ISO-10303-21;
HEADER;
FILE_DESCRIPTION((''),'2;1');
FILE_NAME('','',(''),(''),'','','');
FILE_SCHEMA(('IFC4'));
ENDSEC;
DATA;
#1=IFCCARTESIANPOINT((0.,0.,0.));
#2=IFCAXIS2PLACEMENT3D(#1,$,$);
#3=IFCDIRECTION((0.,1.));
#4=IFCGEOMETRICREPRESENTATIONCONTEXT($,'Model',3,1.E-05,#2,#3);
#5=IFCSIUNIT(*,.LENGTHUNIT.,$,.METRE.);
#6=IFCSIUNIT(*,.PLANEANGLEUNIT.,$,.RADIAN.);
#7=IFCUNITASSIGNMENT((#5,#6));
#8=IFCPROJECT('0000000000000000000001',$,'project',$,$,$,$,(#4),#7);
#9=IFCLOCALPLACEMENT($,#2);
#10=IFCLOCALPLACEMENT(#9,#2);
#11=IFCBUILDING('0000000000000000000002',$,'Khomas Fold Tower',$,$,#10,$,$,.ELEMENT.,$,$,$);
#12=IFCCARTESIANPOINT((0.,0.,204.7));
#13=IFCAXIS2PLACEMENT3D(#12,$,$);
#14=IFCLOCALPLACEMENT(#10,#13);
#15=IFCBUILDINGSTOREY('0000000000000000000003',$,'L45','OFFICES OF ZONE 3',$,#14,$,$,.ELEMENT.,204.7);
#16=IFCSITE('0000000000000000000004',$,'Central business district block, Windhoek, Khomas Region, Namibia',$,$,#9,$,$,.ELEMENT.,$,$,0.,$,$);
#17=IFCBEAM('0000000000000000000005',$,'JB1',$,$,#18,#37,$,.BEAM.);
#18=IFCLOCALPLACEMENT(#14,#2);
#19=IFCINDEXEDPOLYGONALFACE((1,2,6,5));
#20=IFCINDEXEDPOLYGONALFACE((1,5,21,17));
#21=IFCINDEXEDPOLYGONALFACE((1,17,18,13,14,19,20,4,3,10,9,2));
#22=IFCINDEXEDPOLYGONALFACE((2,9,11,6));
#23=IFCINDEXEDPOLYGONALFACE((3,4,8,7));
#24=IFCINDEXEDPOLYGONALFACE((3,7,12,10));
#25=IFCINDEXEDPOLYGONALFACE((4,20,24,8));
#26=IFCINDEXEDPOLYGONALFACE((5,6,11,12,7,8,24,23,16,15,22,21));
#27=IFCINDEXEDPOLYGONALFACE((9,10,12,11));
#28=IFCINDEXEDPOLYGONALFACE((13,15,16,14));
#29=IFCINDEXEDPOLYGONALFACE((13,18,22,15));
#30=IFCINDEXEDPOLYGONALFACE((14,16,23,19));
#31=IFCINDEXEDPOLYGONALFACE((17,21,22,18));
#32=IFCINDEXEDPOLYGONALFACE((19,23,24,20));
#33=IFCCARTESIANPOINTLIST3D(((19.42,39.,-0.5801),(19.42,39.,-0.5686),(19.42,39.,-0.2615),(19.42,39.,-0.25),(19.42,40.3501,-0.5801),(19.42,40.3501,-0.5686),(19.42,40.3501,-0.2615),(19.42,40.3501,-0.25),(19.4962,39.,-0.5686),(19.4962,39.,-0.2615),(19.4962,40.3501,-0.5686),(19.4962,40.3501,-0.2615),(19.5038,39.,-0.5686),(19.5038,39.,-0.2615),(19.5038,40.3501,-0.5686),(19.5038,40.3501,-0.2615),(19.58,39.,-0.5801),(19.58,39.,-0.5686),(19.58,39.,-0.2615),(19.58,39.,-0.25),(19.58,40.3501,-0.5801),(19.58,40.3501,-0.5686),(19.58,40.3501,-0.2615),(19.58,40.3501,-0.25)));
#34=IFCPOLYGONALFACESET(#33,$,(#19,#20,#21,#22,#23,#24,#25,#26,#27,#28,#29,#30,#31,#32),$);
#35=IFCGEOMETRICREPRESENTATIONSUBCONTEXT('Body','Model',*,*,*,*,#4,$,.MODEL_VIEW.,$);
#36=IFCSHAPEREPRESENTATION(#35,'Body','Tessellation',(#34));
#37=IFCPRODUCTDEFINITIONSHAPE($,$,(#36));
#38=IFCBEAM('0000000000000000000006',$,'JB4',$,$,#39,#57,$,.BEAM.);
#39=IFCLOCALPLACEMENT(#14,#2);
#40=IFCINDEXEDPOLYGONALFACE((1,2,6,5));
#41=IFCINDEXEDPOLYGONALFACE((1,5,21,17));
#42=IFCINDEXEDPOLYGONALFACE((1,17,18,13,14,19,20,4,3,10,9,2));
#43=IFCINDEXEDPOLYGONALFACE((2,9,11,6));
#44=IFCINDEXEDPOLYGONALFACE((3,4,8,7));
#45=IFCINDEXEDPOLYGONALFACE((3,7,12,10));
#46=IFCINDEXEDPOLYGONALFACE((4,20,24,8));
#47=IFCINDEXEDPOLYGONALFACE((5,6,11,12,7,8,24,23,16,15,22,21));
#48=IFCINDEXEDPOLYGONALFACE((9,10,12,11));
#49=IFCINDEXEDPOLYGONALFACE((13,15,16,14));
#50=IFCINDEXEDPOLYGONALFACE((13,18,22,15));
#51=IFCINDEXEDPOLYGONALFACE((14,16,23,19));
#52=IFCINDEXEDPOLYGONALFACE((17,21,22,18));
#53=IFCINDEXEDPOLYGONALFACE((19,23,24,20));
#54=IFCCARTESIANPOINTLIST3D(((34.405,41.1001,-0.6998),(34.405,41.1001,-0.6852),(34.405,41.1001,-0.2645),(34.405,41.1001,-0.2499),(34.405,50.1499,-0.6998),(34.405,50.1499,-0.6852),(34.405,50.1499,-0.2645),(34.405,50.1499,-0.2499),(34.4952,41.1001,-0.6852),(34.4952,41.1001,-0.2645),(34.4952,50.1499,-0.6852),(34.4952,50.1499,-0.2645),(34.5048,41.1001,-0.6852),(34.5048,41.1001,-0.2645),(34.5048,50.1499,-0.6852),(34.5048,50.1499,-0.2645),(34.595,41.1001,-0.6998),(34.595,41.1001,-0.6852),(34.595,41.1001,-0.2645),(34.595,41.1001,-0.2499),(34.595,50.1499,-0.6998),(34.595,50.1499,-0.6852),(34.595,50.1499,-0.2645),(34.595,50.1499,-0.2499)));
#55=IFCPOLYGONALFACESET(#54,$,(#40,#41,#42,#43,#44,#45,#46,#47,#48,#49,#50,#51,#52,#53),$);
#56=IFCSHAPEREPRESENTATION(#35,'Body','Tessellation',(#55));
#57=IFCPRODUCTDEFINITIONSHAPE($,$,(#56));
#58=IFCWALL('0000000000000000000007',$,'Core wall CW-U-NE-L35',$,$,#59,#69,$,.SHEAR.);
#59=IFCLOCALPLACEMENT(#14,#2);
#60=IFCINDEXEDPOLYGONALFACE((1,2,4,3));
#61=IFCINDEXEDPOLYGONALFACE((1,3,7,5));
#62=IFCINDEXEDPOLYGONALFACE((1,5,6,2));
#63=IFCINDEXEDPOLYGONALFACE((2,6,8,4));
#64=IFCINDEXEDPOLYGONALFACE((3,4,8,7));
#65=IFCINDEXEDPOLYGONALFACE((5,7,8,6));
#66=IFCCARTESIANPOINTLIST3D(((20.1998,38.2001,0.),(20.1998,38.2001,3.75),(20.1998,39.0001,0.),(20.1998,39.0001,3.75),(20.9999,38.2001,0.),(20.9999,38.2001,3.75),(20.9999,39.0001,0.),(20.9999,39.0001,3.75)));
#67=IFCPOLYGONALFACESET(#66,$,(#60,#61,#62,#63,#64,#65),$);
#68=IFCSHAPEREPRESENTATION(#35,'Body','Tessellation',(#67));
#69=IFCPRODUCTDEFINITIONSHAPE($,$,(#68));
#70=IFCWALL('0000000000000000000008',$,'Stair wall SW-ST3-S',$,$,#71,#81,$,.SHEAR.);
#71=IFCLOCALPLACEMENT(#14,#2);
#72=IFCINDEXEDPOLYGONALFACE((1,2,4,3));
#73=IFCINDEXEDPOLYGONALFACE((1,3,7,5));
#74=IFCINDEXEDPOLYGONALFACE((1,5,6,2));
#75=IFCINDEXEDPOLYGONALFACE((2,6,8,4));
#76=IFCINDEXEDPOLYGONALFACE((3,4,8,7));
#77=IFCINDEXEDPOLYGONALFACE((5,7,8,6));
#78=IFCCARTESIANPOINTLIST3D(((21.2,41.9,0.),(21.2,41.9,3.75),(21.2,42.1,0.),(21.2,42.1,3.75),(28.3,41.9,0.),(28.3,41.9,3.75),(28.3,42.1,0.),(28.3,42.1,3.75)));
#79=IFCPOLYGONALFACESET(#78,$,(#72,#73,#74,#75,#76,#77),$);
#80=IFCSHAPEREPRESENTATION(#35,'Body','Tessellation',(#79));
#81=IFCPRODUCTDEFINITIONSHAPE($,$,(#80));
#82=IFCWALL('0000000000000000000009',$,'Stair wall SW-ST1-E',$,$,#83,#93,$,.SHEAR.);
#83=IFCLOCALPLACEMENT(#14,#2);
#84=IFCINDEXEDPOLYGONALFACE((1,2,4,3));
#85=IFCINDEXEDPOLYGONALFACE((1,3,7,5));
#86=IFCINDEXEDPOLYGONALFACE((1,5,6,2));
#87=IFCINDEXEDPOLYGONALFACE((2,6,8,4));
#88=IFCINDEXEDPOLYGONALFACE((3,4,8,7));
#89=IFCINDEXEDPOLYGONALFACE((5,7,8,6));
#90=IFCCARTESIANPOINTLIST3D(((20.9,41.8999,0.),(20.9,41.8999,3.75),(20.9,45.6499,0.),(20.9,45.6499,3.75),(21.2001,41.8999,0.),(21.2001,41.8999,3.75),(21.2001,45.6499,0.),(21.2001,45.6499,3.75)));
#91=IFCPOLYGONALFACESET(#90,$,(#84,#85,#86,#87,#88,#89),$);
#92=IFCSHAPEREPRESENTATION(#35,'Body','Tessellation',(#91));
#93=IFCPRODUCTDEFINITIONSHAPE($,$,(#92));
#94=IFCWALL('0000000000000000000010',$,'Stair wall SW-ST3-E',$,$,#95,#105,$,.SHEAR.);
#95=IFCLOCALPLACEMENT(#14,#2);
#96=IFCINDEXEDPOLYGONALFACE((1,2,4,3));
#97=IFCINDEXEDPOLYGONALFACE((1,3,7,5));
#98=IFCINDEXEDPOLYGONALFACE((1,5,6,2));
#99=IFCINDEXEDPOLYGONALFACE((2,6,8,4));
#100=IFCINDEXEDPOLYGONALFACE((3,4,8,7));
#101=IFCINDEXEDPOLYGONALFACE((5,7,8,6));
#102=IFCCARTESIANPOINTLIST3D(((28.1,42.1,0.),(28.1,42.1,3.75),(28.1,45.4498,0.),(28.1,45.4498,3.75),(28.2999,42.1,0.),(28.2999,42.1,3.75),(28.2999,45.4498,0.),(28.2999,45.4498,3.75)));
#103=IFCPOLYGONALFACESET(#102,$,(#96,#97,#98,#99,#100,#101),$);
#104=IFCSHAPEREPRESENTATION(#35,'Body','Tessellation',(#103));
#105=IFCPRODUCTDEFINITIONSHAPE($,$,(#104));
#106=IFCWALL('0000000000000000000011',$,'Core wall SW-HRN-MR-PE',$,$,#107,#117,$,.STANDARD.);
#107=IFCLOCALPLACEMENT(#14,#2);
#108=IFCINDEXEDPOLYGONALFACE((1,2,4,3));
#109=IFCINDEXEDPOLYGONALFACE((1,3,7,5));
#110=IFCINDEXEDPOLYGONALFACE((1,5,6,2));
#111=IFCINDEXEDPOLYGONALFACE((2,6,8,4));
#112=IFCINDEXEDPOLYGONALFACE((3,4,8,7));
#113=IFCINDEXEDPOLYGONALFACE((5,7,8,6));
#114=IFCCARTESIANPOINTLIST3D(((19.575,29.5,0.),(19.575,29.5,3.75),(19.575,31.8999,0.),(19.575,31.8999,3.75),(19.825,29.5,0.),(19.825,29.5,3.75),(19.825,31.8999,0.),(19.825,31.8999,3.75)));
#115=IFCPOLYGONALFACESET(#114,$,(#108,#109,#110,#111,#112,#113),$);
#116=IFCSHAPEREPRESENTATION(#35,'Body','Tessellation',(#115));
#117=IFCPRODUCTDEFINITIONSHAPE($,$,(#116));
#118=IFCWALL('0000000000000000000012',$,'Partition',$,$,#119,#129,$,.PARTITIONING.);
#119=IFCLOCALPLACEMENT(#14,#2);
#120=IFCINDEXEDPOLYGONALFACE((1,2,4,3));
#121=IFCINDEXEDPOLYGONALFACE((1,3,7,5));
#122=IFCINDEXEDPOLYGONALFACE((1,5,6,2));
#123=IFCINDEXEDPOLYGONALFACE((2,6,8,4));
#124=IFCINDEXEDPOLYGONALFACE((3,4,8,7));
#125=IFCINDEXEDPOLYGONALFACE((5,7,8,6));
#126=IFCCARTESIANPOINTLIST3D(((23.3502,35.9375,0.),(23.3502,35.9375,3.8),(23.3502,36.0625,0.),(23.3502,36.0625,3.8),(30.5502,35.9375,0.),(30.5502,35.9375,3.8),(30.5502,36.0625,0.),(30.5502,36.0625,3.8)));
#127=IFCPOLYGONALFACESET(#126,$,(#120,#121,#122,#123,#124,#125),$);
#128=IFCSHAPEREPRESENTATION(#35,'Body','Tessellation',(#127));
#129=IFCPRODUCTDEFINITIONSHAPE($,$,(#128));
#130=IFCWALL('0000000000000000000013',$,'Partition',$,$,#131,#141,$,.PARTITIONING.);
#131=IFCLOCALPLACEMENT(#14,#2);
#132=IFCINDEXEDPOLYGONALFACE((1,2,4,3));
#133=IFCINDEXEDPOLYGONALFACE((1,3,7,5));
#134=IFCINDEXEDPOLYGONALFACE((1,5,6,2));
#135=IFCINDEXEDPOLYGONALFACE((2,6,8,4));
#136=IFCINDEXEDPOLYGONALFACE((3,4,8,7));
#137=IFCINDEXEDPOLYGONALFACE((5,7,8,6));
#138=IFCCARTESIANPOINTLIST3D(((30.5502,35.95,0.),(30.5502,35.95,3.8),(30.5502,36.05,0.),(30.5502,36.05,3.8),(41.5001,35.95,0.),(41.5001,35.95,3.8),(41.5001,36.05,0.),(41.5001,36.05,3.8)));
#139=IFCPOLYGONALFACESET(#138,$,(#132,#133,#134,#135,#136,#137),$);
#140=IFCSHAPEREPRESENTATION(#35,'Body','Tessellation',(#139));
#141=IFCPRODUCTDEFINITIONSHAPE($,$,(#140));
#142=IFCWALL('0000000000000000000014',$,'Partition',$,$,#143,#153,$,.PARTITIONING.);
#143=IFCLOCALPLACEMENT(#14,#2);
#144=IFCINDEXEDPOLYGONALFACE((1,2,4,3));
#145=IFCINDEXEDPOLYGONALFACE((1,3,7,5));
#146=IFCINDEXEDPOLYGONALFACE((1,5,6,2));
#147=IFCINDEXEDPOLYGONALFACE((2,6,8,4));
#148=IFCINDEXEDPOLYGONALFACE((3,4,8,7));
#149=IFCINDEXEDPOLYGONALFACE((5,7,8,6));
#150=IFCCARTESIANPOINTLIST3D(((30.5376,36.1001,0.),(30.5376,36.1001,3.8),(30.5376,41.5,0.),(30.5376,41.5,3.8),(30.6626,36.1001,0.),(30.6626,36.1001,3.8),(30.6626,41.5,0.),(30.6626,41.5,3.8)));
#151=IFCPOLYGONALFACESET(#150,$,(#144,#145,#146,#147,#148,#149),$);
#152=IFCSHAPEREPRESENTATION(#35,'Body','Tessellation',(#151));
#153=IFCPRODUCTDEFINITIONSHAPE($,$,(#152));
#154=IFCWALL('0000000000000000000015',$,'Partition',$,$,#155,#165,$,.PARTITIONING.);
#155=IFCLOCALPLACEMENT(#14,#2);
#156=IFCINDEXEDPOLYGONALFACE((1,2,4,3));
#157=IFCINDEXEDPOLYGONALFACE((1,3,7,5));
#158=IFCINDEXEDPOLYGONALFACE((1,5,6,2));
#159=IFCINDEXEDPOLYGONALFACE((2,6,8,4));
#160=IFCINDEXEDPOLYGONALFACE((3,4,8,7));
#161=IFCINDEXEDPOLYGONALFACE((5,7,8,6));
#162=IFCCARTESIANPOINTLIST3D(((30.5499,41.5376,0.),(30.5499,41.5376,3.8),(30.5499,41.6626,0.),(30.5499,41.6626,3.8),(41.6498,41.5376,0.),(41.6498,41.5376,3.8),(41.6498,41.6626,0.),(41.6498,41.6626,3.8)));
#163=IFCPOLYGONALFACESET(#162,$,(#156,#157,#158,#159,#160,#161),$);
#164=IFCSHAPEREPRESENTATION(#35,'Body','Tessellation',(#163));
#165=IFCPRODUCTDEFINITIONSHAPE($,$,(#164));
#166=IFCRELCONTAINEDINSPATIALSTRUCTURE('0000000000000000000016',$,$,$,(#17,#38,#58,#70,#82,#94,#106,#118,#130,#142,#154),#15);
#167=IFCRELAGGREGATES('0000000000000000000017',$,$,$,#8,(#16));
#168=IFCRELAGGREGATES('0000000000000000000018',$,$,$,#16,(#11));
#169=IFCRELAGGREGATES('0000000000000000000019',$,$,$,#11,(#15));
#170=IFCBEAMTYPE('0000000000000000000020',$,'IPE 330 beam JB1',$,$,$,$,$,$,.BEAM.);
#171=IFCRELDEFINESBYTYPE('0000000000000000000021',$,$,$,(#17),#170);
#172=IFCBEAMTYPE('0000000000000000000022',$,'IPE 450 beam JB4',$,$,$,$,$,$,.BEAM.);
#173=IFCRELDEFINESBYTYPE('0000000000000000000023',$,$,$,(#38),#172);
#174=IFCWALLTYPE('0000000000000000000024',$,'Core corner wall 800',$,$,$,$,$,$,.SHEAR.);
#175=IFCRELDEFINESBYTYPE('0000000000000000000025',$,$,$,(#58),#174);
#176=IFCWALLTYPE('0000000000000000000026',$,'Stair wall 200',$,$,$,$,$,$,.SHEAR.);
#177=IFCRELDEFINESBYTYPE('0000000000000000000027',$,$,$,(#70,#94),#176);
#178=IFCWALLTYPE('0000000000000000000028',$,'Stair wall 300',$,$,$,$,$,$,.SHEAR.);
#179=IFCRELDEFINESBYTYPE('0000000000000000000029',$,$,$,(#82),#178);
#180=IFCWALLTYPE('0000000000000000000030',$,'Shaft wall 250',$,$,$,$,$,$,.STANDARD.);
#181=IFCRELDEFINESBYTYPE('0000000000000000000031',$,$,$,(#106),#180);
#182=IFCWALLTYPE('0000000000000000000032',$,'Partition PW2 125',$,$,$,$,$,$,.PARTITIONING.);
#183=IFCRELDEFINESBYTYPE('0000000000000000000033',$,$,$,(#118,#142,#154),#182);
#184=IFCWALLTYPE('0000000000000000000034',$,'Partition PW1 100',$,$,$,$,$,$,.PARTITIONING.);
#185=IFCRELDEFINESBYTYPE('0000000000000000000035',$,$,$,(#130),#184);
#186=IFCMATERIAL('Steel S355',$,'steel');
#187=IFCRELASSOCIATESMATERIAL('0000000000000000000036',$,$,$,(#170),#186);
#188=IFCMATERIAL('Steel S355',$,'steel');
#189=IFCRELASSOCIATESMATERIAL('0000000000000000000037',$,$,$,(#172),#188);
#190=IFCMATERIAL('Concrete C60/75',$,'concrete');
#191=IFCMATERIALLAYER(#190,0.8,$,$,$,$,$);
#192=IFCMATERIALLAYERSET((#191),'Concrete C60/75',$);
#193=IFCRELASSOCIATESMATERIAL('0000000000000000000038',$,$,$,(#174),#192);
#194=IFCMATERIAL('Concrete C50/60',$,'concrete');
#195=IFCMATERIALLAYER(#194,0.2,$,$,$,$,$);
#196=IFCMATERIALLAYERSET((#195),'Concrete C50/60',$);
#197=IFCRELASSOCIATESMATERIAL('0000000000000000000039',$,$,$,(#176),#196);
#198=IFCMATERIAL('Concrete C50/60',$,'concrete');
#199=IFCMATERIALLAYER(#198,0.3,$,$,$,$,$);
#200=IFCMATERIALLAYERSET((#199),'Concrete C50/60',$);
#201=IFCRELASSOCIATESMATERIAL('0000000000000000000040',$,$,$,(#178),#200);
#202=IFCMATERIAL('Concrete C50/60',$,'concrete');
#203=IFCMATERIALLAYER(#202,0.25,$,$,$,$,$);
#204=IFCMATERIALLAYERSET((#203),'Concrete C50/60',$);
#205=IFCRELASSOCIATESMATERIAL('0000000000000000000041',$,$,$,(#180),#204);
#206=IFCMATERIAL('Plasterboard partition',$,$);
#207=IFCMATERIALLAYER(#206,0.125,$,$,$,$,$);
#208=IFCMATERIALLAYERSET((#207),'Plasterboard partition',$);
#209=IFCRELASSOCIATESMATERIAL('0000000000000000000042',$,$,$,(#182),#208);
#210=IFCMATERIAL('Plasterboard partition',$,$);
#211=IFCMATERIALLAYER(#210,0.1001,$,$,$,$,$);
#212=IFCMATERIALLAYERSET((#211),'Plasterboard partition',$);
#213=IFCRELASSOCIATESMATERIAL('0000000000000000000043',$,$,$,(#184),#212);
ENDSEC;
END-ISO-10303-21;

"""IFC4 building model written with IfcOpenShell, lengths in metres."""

from ifc_helpers import new_model, si_unit, direction, frame, frame_2d, origin, origin_2d, place, context, subcontext, project, spatial, rectangle, i_section, extrude, source, transform, mapped, material, layer, layer_set, material_profile, profile_set, type_object, element, save


model = new_model("IFC4")

# Units and contexts
model_context = context("Model", 3, precision=1e-05, world=origin(), true_north=direction((0.0, 1.0)))
body_context = subcontext(model_context, "Body", "Model", "MODEL_VIEW")
ifc_project = project(units=[si_unit("LENGTHUNIT", "METRE"), si_unit("PLANEANGLEUNIT", "RADIAN")], contexts=[model_context])

# Site, building, storey
site_placement = place(None, origin())
site = spatial("IfcSite", under=ifc_project, at=site_placement, Name="Central business district block, Windhoek, Khomas Region, Namibia", CompositionType="ELEMENT", RefElevation=0.0)
building_placement = place(site_placement, origin())
building = spatial("IfcBuilding", under=site, at=building_placement, Name="Khomas Fold Tower", CompositionType="ELEMENT")
storey_placement = place(building_placement, frame((0.0, 0.0, 204.7)))
storey = spatial("IfcBuildingStorey", under=building, at=storey_placement, Name="L45", Description="OFFICES OF ZONE 3", CompositionType="ELEMENT", Elevation=204.7)

# Beams
ifc_material_1 = material(Name="Steel S355", Category="steel")
ifc_material_profile_1 = material_profile(ifc_material_1, i_section(OverallWidth=0.1599, OverallDepth=0.3301, WebThickness=0.0076, FlangeThickness=0.0115, at=origin_2d()), Name="IPE 330")
ifc_profile_set_1 = profile_set([ifc_material_profile_1], Name="Steel S355")
beam_type_1 = type_object("IfcBeamType", Name="IPE 330 beam JB1", PredefinedType="BEAM", material=ifc_profile_set_1)
shared_shape_1 = source(origin(), body_context, "Body", "SweptSolid", [
    extrude(i_section(OverallWidth=0.1599, OverallDepth=0.3301, WebThickness=0.0076, FlangeThickness=0.0115, at=origin_2d()), origin(), (0.0, 0.0, 1.0), 1.3501),
])
beam_1_placement = place(storey_placement, frame((19.5, 39.0, -0.415), z_axis=(0.0, 1.0, 0.0), x_axis=(-1.0, 0.0, 0.0)))
element("IfcBeam", 1, at=beam_1_placement, inside=storey, type_object=beam_type_1, Name="JB1", PredefinedType="BEAM", context=body_context, shape_type="MappedRepresentation", body=[
    mapped(shared_shape_1, transform((0.0, 0.0, 0.0))),
])
ifc_material_2 = material(Name="Steel S355", Category="steel")
ifc_material_profile_2 = material_profile(ifc_material_2, i_section(OverallWidth=0.1899, OverallDepth=0.45, WebThickness=0.0095, FlangeThickness=0.0146, at=origin_2d()), Name="IPE 450")
ifc_profile_set_2 = profile_set([ifc_material_profile_2], Name="Steel S355")
beam_type_2 = type_object("IfcBeamType", Name="IPE 450 beam JB4", PredefinedType="BEAM", material=ifc_profile_set_2)
shared_shape_2 = source(origin(), body_context, "Body", "SweptSolid", [
    extrude(i_section(OverallWidth=0.1899, OverallDepth=0.45, WebThickness=0.0095, FlangeThickness=0.0146, at=origin_2d()), origin(), (0.0, 0.0, 1.0), 9.0498),
])
beam_2_placement = place(storey_placement, frame((34.5, 41.1001, -0.4749), z_axis=(0.0, 1.0, 0.0), x_axis=(-1.0, 0.0, 0.0)))
element("IfcBeam", 2, at=beam_2_placement, inside=storey, type_object=beam_type_2, Name="JB4", PredefinedType="BEAM", context=body_context, shape_type="MappedRepresentation", body=[
    mapped(shared_shape_2, transform((0.0, 0.0, 0.0))),
])

# Walls
ifc_material_3 = material(Name="Concrete C60/75", Category="concrete")
ifc_layer_1 = layer(ifc_material_3, 0.8)
ifc_layer_set_1 = layer_set([ifc_layer_1], Name="Concrete C60/75")
wall_type_1 = type_object("IfcWallType", Name="Core corner wall 800", PredefinedType="SHEAR", material=ifc_layer_set_1)
shared_shape_3 = source(origin(), body_context, "Body", "SweptSolid", [
    extrude(rectangle(XDim=0.8, YDim=0.8, at=frame_2d((0.3999, 0.0))), origin(), (0.0, 0.0, 1.0), 3.75),
])
wall_1_placement = place(storey_placement, frame((20.2, 38.6001, 0.0), z_axis=(0.0, 0.0, 1.0), x_axis=(1.0, 0.0, 0.0)))
element("IfcWall", 3, at=wall_1_placement, inside=storey, type_object=wall_type_1, Name="Core wall CW-U-NE-L35", PredefinedType="SHEAR", context=body_context, shape_type="MappedRepresentation", body=[
    mapped(shared_shape_3, transform((0.0, 0.0, 0.0))),
])
ifc_material_4 = material(Name="Concrete C50/60", Category="concrete")
ifc_layer_2 = layer(ifc_material_4, 0.2)
ifc_layer_set_2 = layer_set([ifc_layer_2], Name="Concrete C50/60")
wall_type_2 = type_object("IfcWallType", Name="Stair wall 200", PredefinedType="SHEAR", material=ifc_layer_set_2)
shared_shape_4 = source(origin(), body_context, "Body", "SweptSolid", [
    extrude(rectangle(XDim=7.1001, YDim=0.2, at=frame_2d((3.55, 0.0))), origin(), (0.0, 0.0, 1.0), 3.75),
])
wall_2_placement = place(storey_placement, frame((21.2, 42.0, 0.0), z_axis=(0.0, 0.0, 1.0), x_axis=(1.0, 0.0, 0.0)))
element("IfcWall", 4, at=wall_2_placement, inside=storey, type_object=wall_type_2, Name="Stair wall SW-ST3-S", PredefinedType="SHEAR", context=body_context, shape_type="MappedRepresentation", body=[
    mapped(shared_shape_4, transform((0.0, 0.0, 0.0))),
])
ifc_material_5 = material(Name="Concrete C50/60", Category="concrete")
ifc_layer_3 = layer(ifc_material_5, 0.3)
ifc_layer_set_3 = layer_set([ifc_layer_3], Name="Concrete C50/60")
wall_type_3 = type_object("IfcWallType", Name="Stair wall 300", PredefinedType="SHEAR", material=ifc_layer_set_3)
shared_shape_5 = source(origin(), body_context, "Body", "SweptSolid", [
    extrude(rectangle(XDim=3.75, YDim=0.3, at=frame_2d((1.875, 0.0))), origin(), (0.0, 0.0, 1.0), 3.75),
])
wall_3_placement = place(storey_placement, frame((21.05, 41.8999, 0.0), z_axis=(0.0, 0.0, 1.0), x_axis=(0.0, 1.0, 0.0)))
element("IfcWall", 5, at=wall_3_placement, inside=storey, type_object=wall_type_3, Name="Stair wall SW-ST1-E", PredefinedType="SHEAR", context=body_context, shape_type="MappedRepresentation", body=[
    mapped(shared_shape_5, transform((0.0, 0.0, 0.0))),
])
shared_shape_6 = source(origin(), body_context, "Body", "SweptSolid", [
    extrude(rectangle(XDim=3.3499, YDim=0.2, at=frame_2d((1.6748, 0.0))), origin(), (0.0, 0.0, 1.0), 3.75),
])
wall_4_placement = place(storey_placement, frame((28.2, 42.1001, 0.0), z_axis=(0.0, 0.0, 1.0), x_axis=(0.0, 1.0, 0.0)))
element("IfcWall", 6, at=wall_4_placement, inside=storey, type_object=wall_type_2, Name="Stair wall SW-ST3-E", PredefinedType="SHEAR", context=body_context, shape_type="MappedRepresentation", body=[
    mapped(shared_shape_6, transform((0.0, 0.0, 0.0))),
])
ifc_material_6 = material(Name="Concrete C50/60", Category="concrete")
ifc_layer_4 = layer(ifc_material_6, 0.25)
ifc_layer_set_4 = layer_set([ifc_layer_4], Name="Concrete C50/60")
wall_type_4 = type_object("IfcWallType", Name="Shaft wall 250", PredefinedType="STANDARD", material=ifc_layer_set_4)
shared_shape_7 = source(origin(), body_context, "Body", "SweptSolid", [
    extrude(rectangle(XDim=2.3999, YDim=0.25, at=frame_2d((1.2, 0.0))), origin(), (0.0, 0.0, 1.0), 3.75),
])
wall_5_placement = place(storey_placement, frame((19.7, 29.5, 0.0), z_axis=(0.0, 0.0, 1.0), x_axis=(0.0, 1.0, 0.0)))
element("IfcWall", 7, at=wall_5_placement, inside=storey, type_object=wall_type_4, Name="Core wall SW-HRN-MR-PE", PredefinedType="STANDARD", context=body_context, shape_type="MappedRepresentation", body=[
    mapped(shared_shape_7, transform((0.0, 0.0, 0.0))),
])
ifc_material_7 = material(Name="Plasterboard partition")
ifc_layer_5 = layer(ifc_material_7, 0.125)
ifc_layer_set_5 = layer_set([ifc_layer_5], Name="Plasterboard partition")
wall_type_5 = type_object("IfcWallType", Name="Partition PW2 125", PredefinedType="PARTITIONING", material=ifc_layer_set_5)
shared_shape_8 = source(origin(), body_context, "Body", "SweptSolid", [
    extrude(rectangle(XDim=7.2, YDim=0.125, at=frame_2d((3.6001, 0.0))), origin(), (0.0, 0.0, 1.0), 3.8),
])
wall_6_placement = place(storey_placement, frame((23.3501, 36.0, 0.0), z_axis=(0.0, 0.0, 1.0), x_axis=(1.0, 0.0, 0.0)))
element("IfcWall", 8, at=wall_6_placement, inside=storey, type_object=wall_type_5, Name="Partition", PredefinedType="PARTITIONING", context=body_context, shape_type="MappedRepresentation", body=[
    mapped(shared_shape_8, transform((0.0, 0.0, 0.0))),
])
ifc_material_8 = material(Name="Plasterboard partition")
ifc_layer_6 = layer(ifc_material_8, 0.1001)
ifc_layer_set_6 = layer_set([ifc_layer_6], Name="Plasterboard partition")
wall_type_6 = type_object("IfcWallType", Name="Partition PW1 100", PredefinedType="PARTITIONING", material=ifc_layer_set_6)
shared_shape_9 = source(origin(), body_context, "Body", "SweptSolid", [
    extrude(rectangle(XDim=10.95, YDim=0.1001, at=frame_2d((5.4751, 0.0))), origin(), (0.0, 0.0, 1.0), 3.8),
])
wall_7_placement = place(storey_placement, frame((30.55, 36.0, 0.0), z_axis=(0.0, 0.0, 1.0), x_axis=(1.0, 0.0, 0.0)))
element("IfcWall", 9, at=wall_7_placement, inside=storey, type_object=wall_type_6, Name="Partition", PredefinedType="PARTITIONING", context=body_context, shape_type="MappedRepresentation", body=[
    mapped(shared_shape_9, transform((0.0, 0.0, 0.0))),
])
shared_shape_10 = source(origin(), body_context, "Body", "SweptSolid", [
    extrude(rectangle(XDim=5.3999, YDim=0.125, at=frame_2d((2.7, 0.0))), origin(), (0.0, 0.0, 1.0), 3.8),
])
wall_8_placement = place(storey_placement, frame((30.6001, 36.1001, 0.0), z_axis=(0.0, 0.0, 1.0), x_axis=(0.0, 1.0, 0.0)))
element("IfcWall", 10, at=wall_8_placement, inside=storey, type_object=wall_type_5, Name="Partition", PredefinedType="PARTITIONING", context=body_context, shape_type="MappedRepresentation", body=[
    mapped(shared_shape_10, transform((0.0, 0.0, 0.0))),
])
shared_shape_11 = source(origin(), body_context, "Body", "SweptSolid", [
    extrude(rectangle(XDim=11.0999, YDim=0.125, at=frame_2d((5.5498, 0.0))), origin(), (0.0, 0.0, 1.0), 3.8),
])
wall_9_placement = place(storey_placement, frame((30.55, 41.6001, 0.0), z_axis=(0.0, 0.0, 1.0), x_axis=(1.0, 0.0, 0.0)))
element("IfcWall", 11, at=wall_9_placement, inside=storey, type_object=wall_type_5, Name="Partition", PredefinedType="PARTITIONING", context=body_context, shape_type="MappedRepresentation", body=[
    mapped(shared_shape_11, transform((0.0, 0.0, 0.0))),
])

save(model, "model.ifc")
